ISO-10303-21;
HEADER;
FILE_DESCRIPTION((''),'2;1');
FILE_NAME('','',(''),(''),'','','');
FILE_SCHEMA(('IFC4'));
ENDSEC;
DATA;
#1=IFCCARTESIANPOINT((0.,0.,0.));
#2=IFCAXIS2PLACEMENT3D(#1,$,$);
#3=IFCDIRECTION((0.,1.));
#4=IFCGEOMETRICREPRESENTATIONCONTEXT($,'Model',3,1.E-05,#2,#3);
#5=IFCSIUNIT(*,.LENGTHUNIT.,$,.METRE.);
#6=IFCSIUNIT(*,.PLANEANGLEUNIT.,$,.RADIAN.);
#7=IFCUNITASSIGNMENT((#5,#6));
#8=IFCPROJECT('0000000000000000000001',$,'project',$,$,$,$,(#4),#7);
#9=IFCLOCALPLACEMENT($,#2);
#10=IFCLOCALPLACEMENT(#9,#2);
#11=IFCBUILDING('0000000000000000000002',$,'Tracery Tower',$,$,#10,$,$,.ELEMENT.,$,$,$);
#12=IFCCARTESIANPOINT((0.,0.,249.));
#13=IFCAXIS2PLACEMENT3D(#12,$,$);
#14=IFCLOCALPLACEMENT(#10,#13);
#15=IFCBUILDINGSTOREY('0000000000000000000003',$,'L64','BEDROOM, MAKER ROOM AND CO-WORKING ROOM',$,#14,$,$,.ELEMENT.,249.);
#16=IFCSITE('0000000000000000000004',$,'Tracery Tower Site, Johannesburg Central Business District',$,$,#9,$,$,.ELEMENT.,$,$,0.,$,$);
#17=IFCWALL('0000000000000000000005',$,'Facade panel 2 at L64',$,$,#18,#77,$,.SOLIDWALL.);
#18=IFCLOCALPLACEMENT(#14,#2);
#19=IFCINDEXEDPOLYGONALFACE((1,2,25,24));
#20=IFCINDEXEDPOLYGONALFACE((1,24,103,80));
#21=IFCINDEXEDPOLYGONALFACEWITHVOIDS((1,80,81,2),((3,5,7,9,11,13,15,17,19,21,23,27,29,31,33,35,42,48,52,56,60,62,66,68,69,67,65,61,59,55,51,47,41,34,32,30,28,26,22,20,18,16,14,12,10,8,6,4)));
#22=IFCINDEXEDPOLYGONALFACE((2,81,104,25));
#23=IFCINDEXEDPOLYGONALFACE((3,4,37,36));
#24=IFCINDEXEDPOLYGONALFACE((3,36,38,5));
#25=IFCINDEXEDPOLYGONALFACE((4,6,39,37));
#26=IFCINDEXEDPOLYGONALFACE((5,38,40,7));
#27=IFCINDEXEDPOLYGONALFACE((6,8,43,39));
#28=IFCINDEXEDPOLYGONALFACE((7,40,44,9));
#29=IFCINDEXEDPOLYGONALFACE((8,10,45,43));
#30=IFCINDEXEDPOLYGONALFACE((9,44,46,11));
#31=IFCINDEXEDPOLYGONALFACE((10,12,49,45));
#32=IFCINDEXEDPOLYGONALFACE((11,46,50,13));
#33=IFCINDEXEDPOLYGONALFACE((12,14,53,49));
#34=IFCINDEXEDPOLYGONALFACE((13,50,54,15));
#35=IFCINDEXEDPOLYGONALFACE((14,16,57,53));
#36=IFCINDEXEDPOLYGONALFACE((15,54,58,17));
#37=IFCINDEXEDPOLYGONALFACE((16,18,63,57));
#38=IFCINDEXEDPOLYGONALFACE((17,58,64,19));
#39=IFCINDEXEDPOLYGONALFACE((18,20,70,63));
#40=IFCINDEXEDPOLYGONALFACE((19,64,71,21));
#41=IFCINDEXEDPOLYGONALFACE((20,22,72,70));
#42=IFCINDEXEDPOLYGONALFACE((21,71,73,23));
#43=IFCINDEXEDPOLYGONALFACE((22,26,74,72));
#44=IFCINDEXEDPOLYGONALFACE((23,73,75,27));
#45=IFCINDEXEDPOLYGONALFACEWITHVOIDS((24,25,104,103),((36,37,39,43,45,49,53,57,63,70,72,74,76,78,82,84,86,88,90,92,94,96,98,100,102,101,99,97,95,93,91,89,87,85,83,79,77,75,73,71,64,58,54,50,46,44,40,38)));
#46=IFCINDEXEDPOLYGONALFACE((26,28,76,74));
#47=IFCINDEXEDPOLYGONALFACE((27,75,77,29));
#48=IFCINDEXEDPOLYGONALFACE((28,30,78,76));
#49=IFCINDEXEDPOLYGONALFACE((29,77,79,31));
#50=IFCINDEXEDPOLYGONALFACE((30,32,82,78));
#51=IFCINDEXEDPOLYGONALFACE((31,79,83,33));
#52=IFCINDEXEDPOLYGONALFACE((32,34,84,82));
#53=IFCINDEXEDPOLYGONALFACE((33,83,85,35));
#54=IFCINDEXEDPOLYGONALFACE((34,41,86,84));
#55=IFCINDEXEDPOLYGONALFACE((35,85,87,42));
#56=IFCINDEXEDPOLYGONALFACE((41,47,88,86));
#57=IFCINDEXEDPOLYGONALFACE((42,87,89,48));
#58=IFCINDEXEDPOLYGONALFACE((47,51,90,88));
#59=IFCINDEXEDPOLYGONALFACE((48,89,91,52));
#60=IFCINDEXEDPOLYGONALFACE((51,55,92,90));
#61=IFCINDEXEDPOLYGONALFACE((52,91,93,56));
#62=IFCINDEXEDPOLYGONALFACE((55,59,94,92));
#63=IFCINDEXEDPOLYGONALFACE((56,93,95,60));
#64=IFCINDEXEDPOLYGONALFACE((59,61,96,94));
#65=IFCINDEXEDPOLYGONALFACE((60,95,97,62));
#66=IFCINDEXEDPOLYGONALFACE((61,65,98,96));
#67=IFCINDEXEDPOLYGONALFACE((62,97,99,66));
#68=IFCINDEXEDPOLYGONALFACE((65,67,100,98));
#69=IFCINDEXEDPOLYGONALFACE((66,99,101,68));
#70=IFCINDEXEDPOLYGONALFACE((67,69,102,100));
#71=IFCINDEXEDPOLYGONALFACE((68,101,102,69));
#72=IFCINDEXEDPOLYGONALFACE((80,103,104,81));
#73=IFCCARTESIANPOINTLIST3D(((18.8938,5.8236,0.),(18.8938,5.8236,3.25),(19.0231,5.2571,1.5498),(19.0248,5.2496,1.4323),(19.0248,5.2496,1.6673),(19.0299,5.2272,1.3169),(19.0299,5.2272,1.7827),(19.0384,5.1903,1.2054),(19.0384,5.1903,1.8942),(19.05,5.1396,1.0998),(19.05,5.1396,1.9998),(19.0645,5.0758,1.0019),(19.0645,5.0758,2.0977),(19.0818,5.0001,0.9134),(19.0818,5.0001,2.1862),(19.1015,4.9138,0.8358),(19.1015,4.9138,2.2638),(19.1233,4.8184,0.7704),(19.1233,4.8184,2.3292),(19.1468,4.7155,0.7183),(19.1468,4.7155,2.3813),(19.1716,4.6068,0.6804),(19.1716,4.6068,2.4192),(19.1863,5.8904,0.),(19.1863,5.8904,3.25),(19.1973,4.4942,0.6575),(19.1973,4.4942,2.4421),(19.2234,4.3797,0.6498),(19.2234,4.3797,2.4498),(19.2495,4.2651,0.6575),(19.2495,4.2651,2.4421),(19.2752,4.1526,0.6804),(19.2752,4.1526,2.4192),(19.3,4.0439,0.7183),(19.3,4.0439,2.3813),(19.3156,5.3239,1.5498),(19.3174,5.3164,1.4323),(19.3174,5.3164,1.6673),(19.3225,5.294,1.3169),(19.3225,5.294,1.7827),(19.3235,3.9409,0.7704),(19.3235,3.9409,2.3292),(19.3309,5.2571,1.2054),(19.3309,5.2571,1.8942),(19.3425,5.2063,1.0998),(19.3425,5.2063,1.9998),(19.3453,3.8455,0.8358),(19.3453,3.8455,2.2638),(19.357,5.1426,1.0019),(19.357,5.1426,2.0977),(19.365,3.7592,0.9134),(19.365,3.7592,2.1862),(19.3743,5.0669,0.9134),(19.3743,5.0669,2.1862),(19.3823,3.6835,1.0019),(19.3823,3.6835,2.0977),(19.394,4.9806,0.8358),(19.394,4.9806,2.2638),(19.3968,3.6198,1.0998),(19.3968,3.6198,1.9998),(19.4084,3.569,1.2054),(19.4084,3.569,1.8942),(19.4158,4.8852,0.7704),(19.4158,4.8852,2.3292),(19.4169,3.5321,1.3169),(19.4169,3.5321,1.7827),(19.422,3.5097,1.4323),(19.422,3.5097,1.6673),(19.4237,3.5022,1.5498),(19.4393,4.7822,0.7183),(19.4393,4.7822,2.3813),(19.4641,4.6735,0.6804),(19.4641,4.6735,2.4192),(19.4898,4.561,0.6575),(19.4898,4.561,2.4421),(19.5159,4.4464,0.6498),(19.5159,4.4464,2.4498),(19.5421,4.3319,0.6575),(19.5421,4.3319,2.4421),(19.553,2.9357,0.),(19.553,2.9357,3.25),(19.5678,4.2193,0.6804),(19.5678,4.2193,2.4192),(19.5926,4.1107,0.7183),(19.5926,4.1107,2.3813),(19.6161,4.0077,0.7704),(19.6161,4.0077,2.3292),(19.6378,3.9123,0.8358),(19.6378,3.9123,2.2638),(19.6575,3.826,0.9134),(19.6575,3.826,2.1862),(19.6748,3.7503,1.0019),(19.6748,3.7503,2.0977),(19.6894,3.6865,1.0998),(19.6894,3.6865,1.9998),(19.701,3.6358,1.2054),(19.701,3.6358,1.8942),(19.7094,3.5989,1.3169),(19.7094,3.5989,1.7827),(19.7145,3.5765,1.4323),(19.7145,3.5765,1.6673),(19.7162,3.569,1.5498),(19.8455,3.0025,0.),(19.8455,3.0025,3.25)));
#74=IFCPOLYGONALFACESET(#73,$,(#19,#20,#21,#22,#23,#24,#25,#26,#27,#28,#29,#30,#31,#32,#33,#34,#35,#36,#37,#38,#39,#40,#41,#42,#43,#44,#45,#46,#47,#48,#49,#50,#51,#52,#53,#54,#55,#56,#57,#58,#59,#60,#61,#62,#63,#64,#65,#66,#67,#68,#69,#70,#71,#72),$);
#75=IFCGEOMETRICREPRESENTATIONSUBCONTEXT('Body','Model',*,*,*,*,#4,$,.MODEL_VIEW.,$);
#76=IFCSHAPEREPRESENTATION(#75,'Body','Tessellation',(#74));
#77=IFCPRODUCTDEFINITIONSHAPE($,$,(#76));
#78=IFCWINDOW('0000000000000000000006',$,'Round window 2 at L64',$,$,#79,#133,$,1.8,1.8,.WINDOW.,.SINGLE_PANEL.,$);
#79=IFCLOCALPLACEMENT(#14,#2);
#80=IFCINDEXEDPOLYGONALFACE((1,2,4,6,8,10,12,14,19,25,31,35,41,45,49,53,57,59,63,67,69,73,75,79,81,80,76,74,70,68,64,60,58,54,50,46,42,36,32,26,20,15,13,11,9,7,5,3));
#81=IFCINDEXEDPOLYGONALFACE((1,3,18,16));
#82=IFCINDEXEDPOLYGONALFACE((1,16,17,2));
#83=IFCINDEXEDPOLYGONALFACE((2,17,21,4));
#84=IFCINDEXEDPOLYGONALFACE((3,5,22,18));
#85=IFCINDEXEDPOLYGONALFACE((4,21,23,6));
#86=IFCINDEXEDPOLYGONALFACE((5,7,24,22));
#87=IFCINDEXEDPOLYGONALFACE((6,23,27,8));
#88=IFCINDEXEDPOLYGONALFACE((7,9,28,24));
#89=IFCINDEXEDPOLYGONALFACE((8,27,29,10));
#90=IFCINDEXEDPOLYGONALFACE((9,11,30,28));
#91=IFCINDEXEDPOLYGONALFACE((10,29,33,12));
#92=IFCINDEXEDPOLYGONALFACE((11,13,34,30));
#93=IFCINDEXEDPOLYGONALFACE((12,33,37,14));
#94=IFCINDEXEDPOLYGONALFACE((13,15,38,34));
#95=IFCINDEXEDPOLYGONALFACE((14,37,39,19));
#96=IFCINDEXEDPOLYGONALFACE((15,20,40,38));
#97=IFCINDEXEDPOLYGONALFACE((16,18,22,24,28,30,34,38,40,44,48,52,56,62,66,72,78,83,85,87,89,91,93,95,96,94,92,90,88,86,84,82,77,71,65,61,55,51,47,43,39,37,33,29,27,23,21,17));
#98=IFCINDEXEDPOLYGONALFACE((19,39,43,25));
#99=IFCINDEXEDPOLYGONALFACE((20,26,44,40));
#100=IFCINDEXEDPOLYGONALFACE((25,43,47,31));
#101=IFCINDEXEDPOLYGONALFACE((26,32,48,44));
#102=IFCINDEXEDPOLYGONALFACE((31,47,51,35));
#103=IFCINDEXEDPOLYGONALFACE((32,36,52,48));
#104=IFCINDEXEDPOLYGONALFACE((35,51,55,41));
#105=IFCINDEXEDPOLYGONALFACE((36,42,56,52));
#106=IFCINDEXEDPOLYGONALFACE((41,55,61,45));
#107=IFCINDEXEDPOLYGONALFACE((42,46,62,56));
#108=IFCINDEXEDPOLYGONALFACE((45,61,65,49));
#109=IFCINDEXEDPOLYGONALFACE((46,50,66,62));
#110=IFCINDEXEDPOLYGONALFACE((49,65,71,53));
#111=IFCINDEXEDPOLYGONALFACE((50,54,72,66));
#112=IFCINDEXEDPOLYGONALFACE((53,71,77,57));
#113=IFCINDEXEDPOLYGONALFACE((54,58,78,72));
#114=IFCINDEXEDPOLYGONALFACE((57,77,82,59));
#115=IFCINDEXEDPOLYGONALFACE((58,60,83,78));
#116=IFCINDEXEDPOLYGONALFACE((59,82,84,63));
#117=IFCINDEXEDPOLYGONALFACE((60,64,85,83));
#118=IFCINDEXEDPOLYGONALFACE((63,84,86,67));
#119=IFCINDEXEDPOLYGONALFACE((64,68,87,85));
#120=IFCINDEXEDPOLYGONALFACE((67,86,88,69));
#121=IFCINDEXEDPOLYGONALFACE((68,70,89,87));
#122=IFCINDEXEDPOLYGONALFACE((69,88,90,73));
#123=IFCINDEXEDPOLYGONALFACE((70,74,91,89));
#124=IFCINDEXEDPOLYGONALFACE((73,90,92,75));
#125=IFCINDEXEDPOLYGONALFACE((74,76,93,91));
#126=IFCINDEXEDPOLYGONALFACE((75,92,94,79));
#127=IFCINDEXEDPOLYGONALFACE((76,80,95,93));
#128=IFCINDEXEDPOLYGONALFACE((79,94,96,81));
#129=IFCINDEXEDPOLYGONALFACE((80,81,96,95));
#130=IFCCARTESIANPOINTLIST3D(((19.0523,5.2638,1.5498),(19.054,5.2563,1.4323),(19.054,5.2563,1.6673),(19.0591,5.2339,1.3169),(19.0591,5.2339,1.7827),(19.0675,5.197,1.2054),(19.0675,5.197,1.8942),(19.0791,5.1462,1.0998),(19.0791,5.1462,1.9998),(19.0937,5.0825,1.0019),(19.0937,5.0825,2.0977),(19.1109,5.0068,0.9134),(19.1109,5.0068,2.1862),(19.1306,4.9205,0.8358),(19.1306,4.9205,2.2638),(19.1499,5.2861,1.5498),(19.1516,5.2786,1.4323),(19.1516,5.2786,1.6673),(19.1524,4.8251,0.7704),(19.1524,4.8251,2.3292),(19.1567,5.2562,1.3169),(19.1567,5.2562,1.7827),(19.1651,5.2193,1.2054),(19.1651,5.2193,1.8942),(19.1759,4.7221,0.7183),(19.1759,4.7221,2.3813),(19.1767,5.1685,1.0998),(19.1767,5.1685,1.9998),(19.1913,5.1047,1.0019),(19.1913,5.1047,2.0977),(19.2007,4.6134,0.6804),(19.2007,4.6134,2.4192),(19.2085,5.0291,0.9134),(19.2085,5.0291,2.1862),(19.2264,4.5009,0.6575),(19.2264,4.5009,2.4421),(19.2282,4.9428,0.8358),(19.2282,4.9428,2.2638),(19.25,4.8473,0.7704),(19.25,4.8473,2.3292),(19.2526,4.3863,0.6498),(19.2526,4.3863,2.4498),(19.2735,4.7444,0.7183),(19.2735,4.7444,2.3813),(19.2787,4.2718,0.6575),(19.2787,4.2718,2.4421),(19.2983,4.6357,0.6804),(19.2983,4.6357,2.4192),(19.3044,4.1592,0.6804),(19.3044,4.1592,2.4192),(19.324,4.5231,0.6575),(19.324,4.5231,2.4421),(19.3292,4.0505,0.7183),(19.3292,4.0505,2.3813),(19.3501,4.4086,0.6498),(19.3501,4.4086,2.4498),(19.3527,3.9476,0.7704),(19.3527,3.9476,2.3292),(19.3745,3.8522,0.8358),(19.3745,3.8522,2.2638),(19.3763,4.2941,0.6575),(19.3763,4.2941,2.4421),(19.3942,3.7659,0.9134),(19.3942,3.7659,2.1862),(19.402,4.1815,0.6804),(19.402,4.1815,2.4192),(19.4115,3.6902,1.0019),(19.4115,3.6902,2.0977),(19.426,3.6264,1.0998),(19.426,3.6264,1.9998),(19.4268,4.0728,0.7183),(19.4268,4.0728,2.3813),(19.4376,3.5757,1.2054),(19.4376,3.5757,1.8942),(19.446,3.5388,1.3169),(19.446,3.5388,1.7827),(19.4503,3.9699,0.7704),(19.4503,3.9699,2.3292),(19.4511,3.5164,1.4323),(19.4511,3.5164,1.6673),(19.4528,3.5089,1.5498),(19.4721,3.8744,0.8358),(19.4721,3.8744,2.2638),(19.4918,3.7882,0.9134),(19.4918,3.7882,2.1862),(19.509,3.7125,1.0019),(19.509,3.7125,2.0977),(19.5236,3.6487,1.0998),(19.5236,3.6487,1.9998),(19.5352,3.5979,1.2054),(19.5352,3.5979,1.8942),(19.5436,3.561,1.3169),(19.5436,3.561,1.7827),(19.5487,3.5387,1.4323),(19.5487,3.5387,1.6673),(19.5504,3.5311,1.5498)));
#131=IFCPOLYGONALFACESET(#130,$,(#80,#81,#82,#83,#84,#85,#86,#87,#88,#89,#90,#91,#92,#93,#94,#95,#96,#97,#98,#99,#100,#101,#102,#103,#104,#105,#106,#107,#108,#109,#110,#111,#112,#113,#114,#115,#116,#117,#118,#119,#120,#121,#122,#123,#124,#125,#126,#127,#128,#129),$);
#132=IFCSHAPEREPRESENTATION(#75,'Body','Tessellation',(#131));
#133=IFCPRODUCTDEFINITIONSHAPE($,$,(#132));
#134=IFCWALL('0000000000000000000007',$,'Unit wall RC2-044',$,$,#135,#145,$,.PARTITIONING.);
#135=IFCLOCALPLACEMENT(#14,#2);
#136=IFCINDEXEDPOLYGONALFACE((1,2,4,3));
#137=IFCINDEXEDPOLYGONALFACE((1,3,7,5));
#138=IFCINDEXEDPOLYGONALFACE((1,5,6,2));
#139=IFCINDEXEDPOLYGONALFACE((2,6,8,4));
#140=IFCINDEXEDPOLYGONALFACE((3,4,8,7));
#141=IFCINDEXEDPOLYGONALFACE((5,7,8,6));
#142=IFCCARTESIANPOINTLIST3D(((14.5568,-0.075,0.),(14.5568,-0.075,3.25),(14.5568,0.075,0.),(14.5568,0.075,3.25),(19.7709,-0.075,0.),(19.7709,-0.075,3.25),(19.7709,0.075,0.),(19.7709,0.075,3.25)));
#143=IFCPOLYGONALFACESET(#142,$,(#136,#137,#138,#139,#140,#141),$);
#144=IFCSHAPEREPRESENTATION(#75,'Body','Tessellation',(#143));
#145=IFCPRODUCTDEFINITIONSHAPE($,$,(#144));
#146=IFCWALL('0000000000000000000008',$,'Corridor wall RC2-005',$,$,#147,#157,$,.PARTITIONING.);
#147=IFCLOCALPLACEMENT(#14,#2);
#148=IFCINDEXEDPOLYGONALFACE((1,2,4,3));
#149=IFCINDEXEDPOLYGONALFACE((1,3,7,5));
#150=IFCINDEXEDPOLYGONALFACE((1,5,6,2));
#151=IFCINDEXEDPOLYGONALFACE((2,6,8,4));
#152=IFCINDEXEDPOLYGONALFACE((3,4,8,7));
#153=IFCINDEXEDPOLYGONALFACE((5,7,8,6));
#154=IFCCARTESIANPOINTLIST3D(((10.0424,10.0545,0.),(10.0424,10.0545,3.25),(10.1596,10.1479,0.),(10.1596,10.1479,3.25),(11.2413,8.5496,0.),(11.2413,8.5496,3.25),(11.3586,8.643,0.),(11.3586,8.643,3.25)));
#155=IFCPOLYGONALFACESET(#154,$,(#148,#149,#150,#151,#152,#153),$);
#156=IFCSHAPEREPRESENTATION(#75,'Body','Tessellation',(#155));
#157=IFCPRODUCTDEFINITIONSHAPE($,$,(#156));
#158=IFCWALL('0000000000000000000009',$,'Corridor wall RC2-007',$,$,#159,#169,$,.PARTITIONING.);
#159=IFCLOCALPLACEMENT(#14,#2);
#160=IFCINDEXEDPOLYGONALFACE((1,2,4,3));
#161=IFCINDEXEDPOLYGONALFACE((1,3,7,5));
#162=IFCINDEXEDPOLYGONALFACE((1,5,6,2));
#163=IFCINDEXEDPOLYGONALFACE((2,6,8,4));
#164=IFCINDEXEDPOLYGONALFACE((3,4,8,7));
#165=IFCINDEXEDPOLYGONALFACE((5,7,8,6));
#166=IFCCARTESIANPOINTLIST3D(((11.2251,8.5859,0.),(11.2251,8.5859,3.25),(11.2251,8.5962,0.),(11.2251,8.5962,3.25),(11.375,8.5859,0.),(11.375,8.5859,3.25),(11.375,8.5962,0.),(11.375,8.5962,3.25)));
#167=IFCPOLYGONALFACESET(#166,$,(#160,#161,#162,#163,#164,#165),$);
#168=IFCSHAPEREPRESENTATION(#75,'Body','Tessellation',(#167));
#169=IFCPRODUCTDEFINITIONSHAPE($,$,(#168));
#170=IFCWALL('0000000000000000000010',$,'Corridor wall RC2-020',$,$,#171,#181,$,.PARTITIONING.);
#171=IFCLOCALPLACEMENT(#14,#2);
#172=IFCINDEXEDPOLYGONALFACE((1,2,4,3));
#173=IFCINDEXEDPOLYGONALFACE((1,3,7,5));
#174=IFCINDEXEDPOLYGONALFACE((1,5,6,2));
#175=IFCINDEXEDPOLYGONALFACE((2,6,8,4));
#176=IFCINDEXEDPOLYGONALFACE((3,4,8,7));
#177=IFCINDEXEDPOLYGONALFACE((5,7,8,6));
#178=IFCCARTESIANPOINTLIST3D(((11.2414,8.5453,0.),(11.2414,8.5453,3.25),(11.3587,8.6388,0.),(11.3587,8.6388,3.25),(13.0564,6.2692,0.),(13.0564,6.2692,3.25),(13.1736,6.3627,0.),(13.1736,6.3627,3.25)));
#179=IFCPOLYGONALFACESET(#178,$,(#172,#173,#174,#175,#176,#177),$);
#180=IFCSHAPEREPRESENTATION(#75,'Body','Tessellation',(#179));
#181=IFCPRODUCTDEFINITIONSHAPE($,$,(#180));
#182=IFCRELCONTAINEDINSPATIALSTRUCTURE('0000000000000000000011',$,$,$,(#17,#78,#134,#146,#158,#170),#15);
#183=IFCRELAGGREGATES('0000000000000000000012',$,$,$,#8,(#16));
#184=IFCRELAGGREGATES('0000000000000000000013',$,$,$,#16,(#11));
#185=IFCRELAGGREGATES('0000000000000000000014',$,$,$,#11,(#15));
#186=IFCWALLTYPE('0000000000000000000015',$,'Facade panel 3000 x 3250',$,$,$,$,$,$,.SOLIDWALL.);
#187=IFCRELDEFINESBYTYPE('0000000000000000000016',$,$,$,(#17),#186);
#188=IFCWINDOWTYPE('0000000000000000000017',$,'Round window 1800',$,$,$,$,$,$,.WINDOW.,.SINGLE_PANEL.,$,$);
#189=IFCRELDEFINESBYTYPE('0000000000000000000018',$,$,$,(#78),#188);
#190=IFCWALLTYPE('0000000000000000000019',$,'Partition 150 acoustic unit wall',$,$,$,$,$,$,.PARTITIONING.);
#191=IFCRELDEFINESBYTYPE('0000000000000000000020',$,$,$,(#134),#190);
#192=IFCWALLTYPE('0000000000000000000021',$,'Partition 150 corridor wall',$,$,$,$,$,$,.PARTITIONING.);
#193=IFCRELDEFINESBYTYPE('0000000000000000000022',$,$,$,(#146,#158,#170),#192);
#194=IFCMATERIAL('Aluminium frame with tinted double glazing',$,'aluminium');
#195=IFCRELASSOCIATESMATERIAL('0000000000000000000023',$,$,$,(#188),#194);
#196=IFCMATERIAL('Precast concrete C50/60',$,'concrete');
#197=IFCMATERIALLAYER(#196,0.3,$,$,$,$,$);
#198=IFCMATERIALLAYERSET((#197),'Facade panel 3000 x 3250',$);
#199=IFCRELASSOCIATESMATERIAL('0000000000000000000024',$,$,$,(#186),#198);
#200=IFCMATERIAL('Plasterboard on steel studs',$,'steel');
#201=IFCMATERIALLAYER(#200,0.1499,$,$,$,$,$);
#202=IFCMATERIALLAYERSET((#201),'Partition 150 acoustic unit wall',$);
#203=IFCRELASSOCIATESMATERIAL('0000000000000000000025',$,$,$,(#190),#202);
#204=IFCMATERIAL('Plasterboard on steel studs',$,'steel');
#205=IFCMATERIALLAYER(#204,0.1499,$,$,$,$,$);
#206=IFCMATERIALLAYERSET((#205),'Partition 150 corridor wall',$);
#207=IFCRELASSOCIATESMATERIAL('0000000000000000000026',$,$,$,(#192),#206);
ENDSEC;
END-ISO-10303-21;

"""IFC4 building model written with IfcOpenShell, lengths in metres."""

from ifc_helpers import new_model, si_unit, direction, frame, frame_2d, origin, origin_2d, place, context, subcontext, project, spatial, rectangle, circle, extrude, material, layer, layer_set, type_object, element, fill, save


model = new_model("IFC4")

# Units and contexts
model_context = context("Model", 3, precision=1e-05, world=origin(), true_north=direction((0.0, 1.0)))
body_context = subcontext(model_context, "Body", "Model", "MODEL_VIEW")
ifc_project = project(units=[si_unit("LENGTHUNIT", "METRE"), si_unit("PLANEANGLEUNIT", "RADIAN")], contexts=[model_context])

# Site, building, storey
site_placement = place(None, origin())
site = spatial("IfcSite", under=ifc_project, at=site_placement, Name="Tracery Tower Site, Johannesburg Central Business District", CompositionType="ELEMENT", RefElevation=0.0)
building_placement = place(site_placement, origin())
building = spatial("IfcBuilding", under=site, at=building_placement, Name="Tracery Tower", CompositionType="ELEMENT")
storey_placement = place(building_placement, frame((0.0, 0.0, 249.0)))
storey = spatial("IfcBuildingStorey", under=building, at=storey_placement, Name="L64", Description="BEDROOM, MAKER ROOM AND CO-WORKING ROOM", CompositionType="ELEMENT", Elevation=249.0)

# Wall, opening, window
ifc_material_1 = material(Name="Aluminium frame with tinted double glazing", Category="aluminium")
window_type = type_object("IfcWindowType", Name="Round window 1800", PartitioningType="SINGLE_PANEL", PredefinedType="WINDOW", material=ifc_material_1)
ifc_material_2 = material(Name="Precast concrete C50/60", Category="concrete")
ifc_layer_1 = layer(ifc_material_2, 0.3)
ifc_layer_set_1 = layer_set([ifc_layer_1], Name="Facade panel 3000 x 3250")
wall_type_1 = type_object("IfcWallType", Name="Facade panel 3000 x 3250", PredefinedType="SOLIDWALL", material=ifc_layer_set_1)
wall_1_placement = place(storey_placement, frame((19.6992, 2.9692, 0.0), z_axis=(0.0, 0.0, 1.0), x_axis=(-0.222529, 0.974926, 0.0)))
wall_1 = element("IfcWall", 1, at=wall_1_placement, inside=storey, type_object=wall_type_1, Name="Facade panel 2 at L64", PredefinedType="SOLIDWALL", context=body_context, shape_type="SweptSolid", body=[
    extrude(rectangle(XDim=2.9622, YDim=0.3, at=frame_2d((1.481, 0.0))), origin(), (0.0, 0.0, 1.0), 3.25),
])
opening_1_placement = place(wall_1_placement, frame((1.481, 0.0, 1.5498)))
opening_1 = element("IfcOpeningElement", 2, at=opening_1_placement, cuts=wall_1, PredefinedType="OPENING", context=body_context, shape_type="SweptSolid", body=[
    extrude(circle(Radius=0.9, at=origin_2d()), frame((0.0, 0.1599, 0.0), z_axis=(0.0, -1.0, 0.0), x_axis=(1.0, 0.0, 0.0)), (0.0, 0.0, 1.0), 0.3201),
])
window_1_placement = place(opening_1_placement, origin())
window_1 = element("IfcWindow", 3, at=window_1_placement, inside=storey, type_object=window_type, Name="Round window 2 at L64", OverallHeight=1.8, OverallWidth=1.8, PartitioningType="SINGLE_PANEL", PredefinedType="WINDOW", context=body_context, shape_type="SweptSolid", body=[
    extrude(circle(Radius=0.9, at=origin_2d()), frame((0.0, 0.1201, 0.0), z_axis=(0.0, -1.0, 0.0), x_axis=(1.0, 0.0, 0.0)), (0.0, 0.0, 1.0), 0.1001),
])
fill(opening_1, window_1)

# Walls
ifc_material_3 = material(Name="Plasterboard on steel studs", Category="steel")
ifc_layer_2 = layer(ifc_material_3, 0.1499)
ifc_layer_set_2 = layer_set([ifc_layer_2], Name="Partition 150 acoustic unit wall")
wall_type_2 = type_object("IfcWallType", Name="Partition 150 acoustic unit wall", PredefinedType="PARTITIONING", material=ifc_layer_set_2)
wall_2_placement = place(storey_placement, frame((14.5569, 0.0, 0.0), z_axis=(0.0, 0.0, 1.0), x_axis=(1.0, 0.0, 0.0)))
element("IfcWall", 4, at=wall_2_placement, inside=storey, type_object=wall_type_2, Name="Unit wall RC2-044", PredefinedType="PARTITIONING", context=body_context, shape_type="SweptSolid", body=[
    extrude(rectangle(XDim=5.2141, YDim=0.1499, at=frame_2d((2.6069, 0.0))), origin(), (0.0, 0.0, 1.0), 3.25),
])
ifc_material_4 = material(Name="Plasterboard on steel studs", Category="steel")
ifc_layer_3 = layer(ifc_material_4, 0.1499)
ifc_layer_set_3 = layer_set([ifc_layer_3], Name="Partition 150 corridor wall")
wall_type_3 = type_object("IfcWallType", Name="Partition 150 corridor wall", PredefinedType="PARTITIONING", material=ifc_layer_set_3)
wall_3_placement = place(storey_placement, frame((10.1011, 10.1011, 0.0), z_axis=(0.0, 0.0, 1.0), x_axis=(0.623131, -0.782118, 0.0)))
element("IfcWall", 5, at=wall_3_placement, inside=storey, type_object=wall_type_3, Name="Corridor wall RC2-005", PredefinedType="PARTITIONING", context=body_context, shape_type="SweptSolid", body=[
    extrude(rectangle(XDim=1.9241, YDim=0.1499, at=frame_2d((0.9619, 0.0))), origin(), (0.0, 0.0, 1.0), 3.25),
])
wall_4_placement = place(storey_placement, frame((11.3, 8.5859, 0.0), z_axis=(0.0, 0.0, 1.0), x_axis=(0.0, 1.0, 0.0)))
element("IfcWall", 6, at=wall_4_placement, inside=storey, type_object=wall_type_3, Name="Corridor wall RC2-007", PredefinedType="PARTITIONING", context=body_context, shape_type="SweptSolid", body=[
    extrude(rectangle(XDim=0.0103, YDim=0.1499, at=frame_2d((0.0051, 0.0))), origin(), (0.0, 0.0, 1.0), 3.25),
])
wall_5_placement = place(storey_placement, frame((11.3, 8.592, 0.0), z_axis=(0.0, 0.0, 1.0), x_axis=(0.623447, -0.781866, 0.0)))
element("IfcWall", 7, at=wall_5_placement, inside=storey, type_object=wall_type_3, Name="Corridor wall RC2-020", PredefinedType="PARTITIONING", context=body_context, shape_type="SweptSolid", body=[
    extrude(rectangle(XDim=2.9111, YDim=0.1499, at=frame_2d((1.4556, 0.0))), origin(), (0.0, 0.0, 1.0), 3.25),
])

save(model, "model.ifc")
